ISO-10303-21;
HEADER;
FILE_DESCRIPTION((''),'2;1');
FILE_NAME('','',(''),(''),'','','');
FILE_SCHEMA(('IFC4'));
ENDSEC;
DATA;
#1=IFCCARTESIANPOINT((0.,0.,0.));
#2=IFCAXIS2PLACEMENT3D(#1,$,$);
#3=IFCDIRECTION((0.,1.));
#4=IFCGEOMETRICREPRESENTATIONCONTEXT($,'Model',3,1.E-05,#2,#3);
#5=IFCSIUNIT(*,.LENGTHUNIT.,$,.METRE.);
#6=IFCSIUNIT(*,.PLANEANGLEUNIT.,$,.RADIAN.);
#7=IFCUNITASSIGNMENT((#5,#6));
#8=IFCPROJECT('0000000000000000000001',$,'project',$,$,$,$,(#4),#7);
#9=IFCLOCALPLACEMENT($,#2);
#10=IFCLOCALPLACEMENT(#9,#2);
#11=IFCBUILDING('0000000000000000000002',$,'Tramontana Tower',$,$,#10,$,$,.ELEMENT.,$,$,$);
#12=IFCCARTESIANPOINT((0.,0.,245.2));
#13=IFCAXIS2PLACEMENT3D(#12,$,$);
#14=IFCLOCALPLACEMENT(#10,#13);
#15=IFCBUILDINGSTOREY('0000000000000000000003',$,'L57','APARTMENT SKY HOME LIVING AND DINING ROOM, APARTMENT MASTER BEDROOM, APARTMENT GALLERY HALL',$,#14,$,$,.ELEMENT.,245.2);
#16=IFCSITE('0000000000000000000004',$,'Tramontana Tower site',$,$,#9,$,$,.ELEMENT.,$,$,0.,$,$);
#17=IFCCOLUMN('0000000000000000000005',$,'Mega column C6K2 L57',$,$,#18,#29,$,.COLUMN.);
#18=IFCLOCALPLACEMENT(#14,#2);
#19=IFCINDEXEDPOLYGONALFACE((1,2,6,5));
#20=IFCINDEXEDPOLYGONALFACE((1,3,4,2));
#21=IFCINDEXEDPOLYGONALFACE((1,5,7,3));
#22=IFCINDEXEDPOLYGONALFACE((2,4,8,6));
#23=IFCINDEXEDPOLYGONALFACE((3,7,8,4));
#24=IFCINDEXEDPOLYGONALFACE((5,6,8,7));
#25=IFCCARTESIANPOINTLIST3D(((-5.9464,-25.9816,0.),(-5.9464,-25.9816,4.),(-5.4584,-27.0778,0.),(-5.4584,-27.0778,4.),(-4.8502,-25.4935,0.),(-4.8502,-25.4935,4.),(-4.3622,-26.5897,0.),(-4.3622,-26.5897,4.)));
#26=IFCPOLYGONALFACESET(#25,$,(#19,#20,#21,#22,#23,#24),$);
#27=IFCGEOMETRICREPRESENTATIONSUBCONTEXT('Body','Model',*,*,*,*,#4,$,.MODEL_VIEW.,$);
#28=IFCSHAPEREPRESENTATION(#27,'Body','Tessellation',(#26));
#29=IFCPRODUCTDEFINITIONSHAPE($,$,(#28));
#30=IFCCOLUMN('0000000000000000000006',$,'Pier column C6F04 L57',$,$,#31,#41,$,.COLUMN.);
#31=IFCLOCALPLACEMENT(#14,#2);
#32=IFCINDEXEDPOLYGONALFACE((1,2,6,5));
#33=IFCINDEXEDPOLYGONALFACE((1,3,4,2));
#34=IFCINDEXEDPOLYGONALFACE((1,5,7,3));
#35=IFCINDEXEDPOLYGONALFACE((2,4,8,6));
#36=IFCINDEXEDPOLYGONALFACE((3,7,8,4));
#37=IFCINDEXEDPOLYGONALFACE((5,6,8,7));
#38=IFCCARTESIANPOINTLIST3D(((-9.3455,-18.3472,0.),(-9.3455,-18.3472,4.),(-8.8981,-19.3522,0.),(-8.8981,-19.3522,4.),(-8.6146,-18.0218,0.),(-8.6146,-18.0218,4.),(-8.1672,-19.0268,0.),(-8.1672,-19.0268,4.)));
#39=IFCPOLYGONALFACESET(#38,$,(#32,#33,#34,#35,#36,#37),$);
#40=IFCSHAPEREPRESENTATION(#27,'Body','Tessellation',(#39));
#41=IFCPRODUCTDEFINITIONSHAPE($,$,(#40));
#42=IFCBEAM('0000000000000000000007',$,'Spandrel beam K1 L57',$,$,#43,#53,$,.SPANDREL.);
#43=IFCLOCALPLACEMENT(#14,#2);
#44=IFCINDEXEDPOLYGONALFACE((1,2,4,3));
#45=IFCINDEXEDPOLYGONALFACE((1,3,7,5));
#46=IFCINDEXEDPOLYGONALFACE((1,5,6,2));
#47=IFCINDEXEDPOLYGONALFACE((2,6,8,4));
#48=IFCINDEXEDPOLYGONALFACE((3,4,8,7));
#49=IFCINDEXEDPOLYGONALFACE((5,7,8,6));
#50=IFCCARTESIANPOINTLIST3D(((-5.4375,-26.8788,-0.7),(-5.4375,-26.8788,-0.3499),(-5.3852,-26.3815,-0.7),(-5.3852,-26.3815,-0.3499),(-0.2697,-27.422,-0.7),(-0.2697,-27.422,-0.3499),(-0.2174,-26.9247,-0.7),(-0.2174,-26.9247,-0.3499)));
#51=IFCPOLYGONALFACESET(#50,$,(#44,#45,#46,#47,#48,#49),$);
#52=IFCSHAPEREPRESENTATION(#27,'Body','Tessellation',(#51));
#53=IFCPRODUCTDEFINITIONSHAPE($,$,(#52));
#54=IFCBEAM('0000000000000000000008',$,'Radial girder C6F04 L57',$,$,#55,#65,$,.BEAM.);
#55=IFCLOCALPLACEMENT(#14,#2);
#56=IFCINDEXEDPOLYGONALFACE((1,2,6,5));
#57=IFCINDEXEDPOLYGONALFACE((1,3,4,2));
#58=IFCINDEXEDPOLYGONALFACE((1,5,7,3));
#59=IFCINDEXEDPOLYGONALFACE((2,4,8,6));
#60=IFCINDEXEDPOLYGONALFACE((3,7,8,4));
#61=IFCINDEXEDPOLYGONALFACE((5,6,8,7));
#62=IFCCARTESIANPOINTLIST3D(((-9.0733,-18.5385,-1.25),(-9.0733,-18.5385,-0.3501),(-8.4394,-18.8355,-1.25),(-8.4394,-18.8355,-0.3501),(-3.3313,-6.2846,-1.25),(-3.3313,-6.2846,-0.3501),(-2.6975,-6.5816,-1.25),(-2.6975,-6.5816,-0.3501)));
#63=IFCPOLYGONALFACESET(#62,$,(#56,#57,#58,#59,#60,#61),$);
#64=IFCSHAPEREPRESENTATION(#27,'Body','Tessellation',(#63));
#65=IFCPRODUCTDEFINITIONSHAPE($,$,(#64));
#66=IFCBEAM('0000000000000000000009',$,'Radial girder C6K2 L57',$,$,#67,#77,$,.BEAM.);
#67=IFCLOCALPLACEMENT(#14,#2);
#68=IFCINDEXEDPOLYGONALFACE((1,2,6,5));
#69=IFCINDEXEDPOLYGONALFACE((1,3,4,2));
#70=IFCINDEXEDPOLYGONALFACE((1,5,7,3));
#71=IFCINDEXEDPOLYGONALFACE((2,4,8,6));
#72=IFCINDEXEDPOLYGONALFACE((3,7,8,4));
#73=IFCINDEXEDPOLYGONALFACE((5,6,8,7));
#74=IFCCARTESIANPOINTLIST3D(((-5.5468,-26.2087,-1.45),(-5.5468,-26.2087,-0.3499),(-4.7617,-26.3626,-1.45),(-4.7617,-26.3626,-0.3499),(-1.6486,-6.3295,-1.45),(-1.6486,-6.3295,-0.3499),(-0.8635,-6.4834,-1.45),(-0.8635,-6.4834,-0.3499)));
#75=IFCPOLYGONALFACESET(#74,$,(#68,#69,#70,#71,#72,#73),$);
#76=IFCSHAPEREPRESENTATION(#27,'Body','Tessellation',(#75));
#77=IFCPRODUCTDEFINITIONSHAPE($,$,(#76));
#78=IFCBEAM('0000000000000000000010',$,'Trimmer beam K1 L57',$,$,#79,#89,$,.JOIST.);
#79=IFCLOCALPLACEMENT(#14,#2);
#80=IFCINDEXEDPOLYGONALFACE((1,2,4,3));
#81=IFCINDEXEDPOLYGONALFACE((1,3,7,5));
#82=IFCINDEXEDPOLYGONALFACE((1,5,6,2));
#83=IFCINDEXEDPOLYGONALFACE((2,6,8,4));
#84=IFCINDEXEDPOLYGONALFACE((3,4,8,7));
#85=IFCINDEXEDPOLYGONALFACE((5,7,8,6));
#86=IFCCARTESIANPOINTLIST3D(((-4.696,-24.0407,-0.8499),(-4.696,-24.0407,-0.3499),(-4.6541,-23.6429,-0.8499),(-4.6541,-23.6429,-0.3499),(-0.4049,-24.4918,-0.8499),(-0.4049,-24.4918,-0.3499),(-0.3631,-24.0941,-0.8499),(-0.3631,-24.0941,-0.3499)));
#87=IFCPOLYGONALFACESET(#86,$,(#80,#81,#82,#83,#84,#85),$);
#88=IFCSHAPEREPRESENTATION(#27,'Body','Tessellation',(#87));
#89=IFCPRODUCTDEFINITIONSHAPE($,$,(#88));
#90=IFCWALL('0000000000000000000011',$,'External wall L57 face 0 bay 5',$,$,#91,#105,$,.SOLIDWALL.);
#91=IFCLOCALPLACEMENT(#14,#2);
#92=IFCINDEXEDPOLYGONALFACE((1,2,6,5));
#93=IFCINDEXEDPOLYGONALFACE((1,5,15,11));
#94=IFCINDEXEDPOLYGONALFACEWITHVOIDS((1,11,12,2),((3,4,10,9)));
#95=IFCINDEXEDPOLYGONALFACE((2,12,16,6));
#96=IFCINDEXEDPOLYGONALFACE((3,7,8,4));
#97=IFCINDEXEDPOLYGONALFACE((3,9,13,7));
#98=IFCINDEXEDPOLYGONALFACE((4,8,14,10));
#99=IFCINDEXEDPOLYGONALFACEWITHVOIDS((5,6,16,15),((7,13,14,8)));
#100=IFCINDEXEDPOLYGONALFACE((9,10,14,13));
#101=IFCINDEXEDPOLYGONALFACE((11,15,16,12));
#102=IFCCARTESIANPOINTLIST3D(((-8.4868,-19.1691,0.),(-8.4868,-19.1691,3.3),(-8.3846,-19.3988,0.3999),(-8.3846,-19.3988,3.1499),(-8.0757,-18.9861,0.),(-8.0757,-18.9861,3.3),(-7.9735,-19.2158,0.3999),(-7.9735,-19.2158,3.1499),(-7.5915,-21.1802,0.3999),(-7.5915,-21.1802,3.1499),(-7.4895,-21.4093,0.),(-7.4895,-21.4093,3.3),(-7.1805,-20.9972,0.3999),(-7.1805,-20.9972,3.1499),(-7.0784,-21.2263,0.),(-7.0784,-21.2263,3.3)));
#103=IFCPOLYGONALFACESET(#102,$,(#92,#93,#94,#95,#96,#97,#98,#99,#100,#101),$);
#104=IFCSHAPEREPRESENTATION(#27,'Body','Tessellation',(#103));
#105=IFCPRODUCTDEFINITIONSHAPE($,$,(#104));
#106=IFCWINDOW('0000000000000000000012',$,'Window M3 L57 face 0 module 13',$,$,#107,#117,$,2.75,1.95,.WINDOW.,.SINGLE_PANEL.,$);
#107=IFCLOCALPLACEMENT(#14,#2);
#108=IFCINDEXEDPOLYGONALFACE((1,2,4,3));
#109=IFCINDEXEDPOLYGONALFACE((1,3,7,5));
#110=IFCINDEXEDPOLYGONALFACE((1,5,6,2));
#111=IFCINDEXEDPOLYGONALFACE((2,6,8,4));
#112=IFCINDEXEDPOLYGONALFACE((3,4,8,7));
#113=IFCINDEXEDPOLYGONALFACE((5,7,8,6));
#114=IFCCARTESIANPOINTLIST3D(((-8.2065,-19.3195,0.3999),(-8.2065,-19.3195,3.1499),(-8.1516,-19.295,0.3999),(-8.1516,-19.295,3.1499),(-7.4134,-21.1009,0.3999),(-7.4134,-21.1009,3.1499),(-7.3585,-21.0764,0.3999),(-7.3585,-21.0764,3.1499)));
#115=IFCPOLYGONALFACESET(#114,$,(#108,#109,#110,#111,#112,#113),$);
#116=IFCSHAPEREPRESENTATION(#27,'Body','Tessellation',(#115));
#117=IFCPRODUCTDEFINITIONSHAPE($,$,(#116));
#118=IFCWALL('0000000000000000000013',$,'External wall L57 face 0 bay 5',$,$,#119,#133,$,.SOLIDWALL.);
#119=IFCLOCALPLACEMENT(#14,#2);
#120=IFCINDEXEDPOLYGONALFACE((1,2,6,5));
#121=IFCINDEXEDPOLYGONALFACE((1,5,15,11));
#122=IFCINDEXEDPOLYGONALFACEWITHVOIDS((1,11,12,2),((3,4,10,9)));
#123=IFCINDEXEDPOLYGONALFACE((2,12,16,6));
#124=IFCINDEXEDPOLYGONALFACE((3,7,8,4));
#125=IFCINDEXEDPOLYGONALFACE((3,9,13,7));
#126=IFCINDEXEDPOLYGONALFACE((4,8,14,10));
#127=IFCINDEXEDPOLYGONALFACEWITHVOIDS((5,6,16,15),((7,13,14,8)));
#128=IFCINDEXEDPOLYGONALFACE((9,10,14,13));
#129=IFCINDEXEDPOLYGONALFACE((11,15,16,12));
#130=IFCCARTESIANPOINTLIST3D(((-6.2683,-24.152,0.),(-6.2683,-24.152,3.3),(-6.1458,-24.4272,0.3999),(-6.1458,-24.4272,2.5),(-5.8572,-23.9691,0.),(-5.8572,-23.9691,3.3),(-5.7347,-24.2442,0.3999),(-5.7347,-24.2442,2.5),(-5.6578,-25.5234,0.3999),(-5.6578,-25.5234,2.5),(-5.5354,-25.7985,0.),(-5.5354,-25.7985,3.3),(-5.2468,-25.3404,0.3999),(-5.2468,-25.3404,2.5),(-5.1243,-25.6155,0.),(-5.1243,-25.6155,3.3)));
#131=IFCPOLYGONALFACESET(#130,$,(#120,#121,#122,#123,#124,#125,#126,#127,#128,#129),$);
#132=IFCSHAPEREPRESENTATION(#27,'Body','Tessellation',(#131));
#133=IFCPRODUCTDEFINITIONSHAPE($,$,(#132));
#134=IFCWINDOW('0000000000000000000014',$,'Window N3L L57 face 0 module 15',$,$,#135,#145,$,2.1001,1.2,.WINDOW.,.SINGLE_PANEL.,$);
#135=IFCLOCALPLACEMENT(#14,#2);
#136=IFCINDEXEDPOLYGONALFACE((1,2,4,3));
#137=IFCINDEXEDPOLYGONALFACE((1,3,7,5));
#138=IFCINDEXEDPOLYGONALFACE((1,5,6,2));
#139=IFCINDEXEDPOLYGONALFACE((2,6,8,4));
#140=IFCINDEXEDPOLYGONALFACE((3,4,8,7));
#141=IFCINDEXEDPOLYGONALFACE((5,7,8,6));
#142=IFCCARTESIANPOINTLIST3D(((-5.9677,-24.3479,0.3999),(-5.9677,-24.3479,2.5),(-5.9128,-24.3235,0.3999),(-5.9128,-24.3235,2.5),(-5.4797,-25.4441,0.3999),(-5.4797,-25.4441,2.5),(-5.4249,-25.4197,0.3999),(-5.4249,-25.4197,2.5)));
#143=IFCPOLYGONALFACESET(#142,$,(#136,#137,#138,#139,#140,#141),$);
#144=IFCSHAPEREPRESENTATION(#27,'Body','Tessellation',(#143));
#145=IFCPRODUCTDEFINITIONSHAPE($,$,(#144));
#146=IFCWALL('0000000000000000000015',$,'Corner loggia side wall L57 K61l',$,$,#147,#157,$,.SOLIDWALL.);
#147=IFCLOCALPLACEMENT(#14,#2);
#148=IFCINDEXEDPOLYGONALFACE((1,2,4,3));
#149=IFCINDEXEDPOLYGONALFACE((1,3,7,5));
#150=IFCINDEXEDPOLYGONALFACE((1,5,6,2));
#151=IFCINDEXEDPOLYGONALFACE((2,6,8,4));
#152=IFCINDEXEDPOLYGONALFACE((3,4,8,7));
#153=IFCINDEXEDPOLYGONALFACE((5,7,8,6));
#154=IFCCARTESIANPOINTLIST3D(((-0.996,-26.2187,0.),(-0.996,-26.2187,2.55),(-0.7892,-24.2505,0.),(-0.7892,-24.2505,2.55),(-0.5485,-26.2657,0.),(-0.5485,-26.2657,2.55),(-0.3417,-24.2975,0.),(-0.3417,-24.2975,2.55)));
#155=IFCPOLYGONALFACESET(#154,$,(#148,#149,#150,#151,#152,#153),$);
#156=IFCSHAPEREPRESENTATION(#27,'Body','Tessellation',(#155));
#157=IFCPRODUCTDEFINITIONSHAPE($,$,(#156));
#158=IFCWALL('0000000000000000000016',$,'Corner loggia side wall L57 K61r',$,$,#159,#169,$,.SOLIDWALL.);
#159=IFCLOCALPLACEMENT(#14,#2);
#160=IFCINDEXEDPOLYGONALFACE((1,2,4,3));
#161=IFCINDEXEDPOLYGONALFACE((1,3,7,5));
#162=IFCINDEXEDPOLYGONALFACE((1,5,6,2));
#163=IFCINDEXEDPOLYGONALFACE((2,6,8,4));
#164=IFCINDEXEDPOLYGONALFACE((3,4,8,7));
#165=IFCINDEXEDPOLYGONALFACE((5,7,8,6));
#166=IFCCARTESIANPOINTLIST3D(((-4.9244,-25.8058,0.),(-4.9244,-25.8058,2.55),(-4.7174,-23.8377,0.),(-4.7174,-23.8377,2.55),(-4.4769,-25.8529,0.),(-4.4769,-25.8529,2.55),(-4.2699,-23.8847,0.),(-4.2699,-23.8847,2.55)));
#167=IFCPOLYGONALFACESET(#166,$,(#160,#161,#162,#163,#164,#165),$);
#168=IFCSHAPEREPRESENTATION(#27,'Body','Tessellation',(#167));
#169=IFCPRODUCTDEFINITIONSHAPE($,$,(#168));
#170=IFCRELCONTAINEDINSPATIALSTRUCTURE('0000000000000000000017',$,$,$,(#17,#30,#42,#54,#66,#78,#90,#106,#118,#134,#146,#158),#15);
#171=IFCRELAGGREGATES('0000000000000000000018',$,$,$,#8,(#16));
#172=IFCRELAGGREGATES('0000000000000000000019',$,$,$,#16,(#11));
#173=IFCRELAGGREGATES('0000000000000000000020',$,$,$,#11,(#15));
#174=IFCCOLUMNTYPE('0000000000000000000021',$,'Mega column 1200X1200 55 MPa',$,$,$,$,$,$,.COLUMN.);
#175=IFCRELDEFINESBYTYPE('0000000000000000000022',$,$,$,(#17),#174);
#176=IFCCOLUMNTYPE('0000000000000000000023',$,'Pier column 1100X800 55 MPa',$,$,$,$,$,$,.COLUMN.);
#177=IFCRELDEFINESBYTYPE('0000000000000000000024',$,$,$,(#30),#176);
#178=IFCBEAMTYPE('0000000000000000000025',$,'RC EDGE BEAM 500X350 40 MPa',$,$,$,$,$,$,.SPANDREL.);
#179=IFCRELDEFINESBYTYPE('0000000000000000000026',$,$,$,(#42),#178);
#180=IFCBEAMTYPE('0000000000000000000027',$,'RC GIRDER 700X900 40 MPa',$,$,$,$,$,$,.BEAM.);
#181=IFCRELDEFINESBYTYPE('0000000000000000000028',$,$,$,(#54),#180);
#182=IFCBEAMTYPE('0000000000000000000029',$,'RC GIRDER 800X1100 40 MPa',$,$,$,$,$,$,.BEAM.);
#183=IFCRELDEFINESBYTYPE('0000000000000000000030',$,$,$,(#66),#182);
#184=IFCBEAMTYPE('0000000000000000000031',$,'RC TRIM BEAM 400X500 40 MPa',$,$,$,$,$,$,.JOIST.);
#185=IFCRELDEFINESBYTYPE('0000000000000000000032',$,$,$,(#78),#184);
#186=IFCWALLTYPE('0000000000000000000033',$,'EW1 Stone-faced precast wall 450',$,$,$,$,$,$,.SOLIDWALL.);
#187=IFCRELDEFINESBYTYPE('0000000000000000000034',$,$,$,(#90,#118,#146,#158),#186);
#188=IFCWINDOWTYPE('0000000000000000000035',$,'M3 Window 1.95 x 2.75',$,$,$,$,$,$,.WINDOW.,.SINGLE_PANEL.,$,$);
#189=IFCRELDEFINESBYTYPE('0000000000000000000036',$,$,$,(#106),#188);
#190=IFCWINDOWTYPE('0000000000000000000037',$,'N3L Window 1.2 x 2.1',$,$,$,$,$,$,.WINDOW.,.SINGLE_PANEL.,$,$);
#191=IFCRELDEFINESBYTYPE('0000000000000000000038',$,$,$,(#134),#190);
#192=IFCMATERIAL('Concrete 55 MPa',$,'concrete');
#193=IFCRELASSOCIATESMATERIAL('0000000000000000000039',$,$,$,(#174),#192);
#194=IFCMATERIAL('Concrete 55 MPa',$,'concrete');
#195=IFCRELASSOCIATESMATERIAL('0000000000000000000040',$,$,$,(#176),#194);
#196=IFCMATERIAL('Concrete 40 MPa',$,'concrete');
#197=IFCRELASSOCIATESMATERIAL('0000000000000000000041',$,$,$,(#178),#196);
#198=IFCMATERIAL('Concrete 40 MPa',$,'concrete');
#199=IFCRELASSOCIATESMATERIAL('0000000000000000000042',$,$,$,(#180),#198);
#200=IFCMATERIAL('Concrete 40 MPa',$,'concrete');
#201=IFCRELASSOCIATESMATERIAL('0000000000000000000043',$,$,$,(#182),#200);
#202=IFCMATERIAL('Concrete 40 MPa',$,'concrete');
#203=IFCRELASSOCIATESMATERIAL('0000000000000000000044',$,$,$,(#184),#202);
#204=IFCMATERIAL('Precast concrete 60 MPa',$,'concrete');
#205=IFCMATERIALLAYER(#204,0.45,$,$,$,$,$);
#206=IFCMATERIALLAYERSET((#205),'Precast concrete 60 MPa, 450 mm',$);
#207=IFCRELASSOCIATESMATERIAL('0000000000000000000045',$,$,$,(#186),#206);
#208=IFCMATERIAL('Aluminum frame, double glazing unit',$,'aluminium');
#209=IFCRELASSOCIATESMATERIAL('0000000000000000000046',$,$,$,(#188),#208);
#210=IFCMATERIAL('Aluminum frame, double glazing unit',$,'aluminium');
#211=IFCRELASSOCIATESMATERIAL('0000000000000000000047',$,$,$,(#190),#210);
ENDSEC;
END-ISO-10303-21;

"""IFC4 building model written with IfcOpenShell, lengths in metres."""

from ifc_helpers import new_model, si_unit, direction, frame, frame_2d, origin, origin_2d, place, context, subcontext, project, spatial, rectangle, extrude, material, layer, layer_set, material_profile, profile_set, type_object, element, fill, save


model = new_model("IFC4")

# Units and contexts
model_context = context("Model", 3, precision=1e-05, world=origin(), true_north=direction((0.0, 1.0)))
body_context = subcontext(model_context, "Body", "Model", "MODEL_VIEW")
ifc_project = project(units=[si_unit("LENGTHUNIT", "METRE"), si_unit("PLANEANGLEUNIT", "RADIAN")], contexts=[model_context])

# Site, building, storey
site_placement = place(None, origin())
site = spatial("IfcSite", under=ifc_project, at=site_placement, Name="Tramontana Tower site", CompositionType="ELEMENT", RefElevation=0.0)
building_placement = place(site_placement, origin())
building = spatial("IfcBuilding", under=site, at=building_placement, Name="Tramontana Tower", CompositionType="ELEMENT")
storey_placement = place(building_placement, frame((0.0, 0.0, 245.2)))
storey = spatial("IfcBuildingStorey", under=building, at=storey_placement, Name="L57", Description="APARTMENT SKY HOME LIVING AND DINING ROOM, APARTMENT MASTER BEDROOM, APARTMENT GALLERY HALL", CompositionType="ELEMENT", Elevation=245.2)

# Columns
ifc_material_1 = material(Name="Concrete 55 MPa", Category="concrete")
ifc_material_profile_1 = material_profile(ifc_material_1, rectangle(XDim=1.2, YDim=1.2, at=origin_2d()), Name="Mega column 1200X1200 55 MPa")
ifc_profile_set_1 = profile_set([ifc_material_profile_1], Name="Concrete 55 MPa")
column_type_1 = type_object("IfcColumnType", Name="Mega column 1200X1200 55 MPa", PredefinedType="COLUMN", material=ifc_profile_set_1)
column_1_placement = place(storey_placement, frame((-5.1543, -26.2856, 0.0), z_axis=(0.0, 0.0, 1.0), x_axis=(0.406737, -0.913545, 0.0)))
element("IfcColumn", 1, at=column_1_placement, inside=storey, type_object=column_type_1, Name="Mega column C6K2 L57", PredefinedType="COLUMN", context=body_context, shape_type="SweptSolid", body=[
    extrude(rectangle(XDim=1.2, YDim=1.2, at=origin_2d()), origin(), (0.0, 0.0, 1.0), 4.0),
])
ifc_material_2 = material(Name="Concrete 55 MPa", Category="concrete")
ifc_material_profile_2 = material_profile(ifc_material_2, rectangle(XDim=1.1001, YDim=0.8, at=origin_2d()), Name="Pier column 1100X800 55 MPa")
ifc_profile_set_2 = profile_set([ifc_material_profile_2], Name="Concrete 55 MPa")
column_type_2 = type_object("IfcColumnType", Name="Pier column 1100X800 55 MPa", PredefinedType="COLUMN", material=ifc_profile_set_2)
column_2_placement = place(storey_placement, frame((-8.7563, -18.687, 0.0), z_axis=(0.0, 0.0, 1.0), x_axis=(0.406737, -0.913545, 0.0)))
element("IfcColumn", 2, at=column_2_placement, inside=storey, type_object=column_type_2, Name="Pier column C6F04 L57", PredefinedType="COLUMN", context=body_context, shape_type="SweptSolid", body=[
    extrude(rectangle(XDim=1.1001, YDim=0.8, at=origin_2d()), origin(), (0.0, 0.0, 1.0), 4.0),
])

# Beams
ifc_material_3 = material(Name="Concrete 40 MPa", Category="concrete")
ifc_material_profile_3 = material_profile(ifc_material_3, rectangle(XDim=0.5, YDim=0.3501, at=origin_2d()), Name="RC EDGE BEAM 500X350 40 MPa")
ifc_profile_set_3 = profile_set([ifc_material_profile_3], Name="Concrete 40 MPa")
beam_type_1 = type_object("IfcBeamType", Name="RC EDGE BEAM 500X350 40 MPa", PredefinedType="SPANDREL", material=ifc_profile_set_3)
beam_1_placement = place(storey_placement, frame((-5.4114, -26.6301, -0.5249), z_axis=(0.994521, -0.10454, 0.0), x_axis=(0.10454, 0.994521, 0.0)))
element("IfcBeam", 3, at=beam_1_placement, inside=storey, type_object=beam_type_1, Name="Spandrel beam K1 L57", PredefinedType="SPANDREL", context=body_context, shape_type="SweptSolid", body=[
    extrude(rectangle(XDim=0.5, YDim=0.3501, at=origin_2d()), origin(), (0.0, 0.0, 1.0), 5.1963),
])
ifc_material_4 = material(Name="Concrete 40 MPa", Category="concrete")
ifc_material_profile_4 = material_profile(ifc_material_4, rectangle(XDim=0.7, YDim=0.8999, at=origin_2d()), Name="RC GIRDER 700X900 40 MPa")
ifc_profile_set_4 = profile_set([ifc_material_profile_4], Name="Concrete 40 MPa")
beam_type_2 = type_object("IfcBeamType", Name="RC GIRDER 700X900 40 MPa", PredefinedType="BEAM", material=ifc_profile_set_4)
beam_2_placement = place(storey_placement, frame((-8.7563, -18.687, -0.8), z_axis=(0.424308, 0.905518, 0.0), x_axis=(-0.905518, 0.424308, 0.0)))
element("IfcBeam", 4, at=beam_2_placement, inside=storey, type_object=beam_type_2, Name="Radial girder C6F04 L57", PredefinedType="BEAM", context=body_context, shape_type="SweptSolid", body=[
    extrude(rectangle(XDim=0.7, YDim=0.8999, at=origin_2d()), origin(), (0.0, 0.0, 1.0), 13.5325),
])
ifc_material_5 = material(Name="Concrete 40 MPa", Category="concrete")
ifc_material_profile_5 = material_profile(ifc_material_5, rectangle(XDim=0.8, YDim=1.1001, at=origin_2d()), Name="RC GIRDER 800X1100 40 MPa")
ifc_profile_set_5 = profile_set([ifc_material_profile_5], Name="Concrete 40 MPa")
beam_type_3 = type_object("IfcBeamType", Name="RC GIRDER 800X1100 40 MPa", PredefinedType="BEAM", material=ifc_profile_set_5)
beam_3_placement = place(storey_placement, frame((-5.1543, -26.2856, -0.8999), z_axis=(0.19243, 0.981311, 0.0), x_axis=(-0.981311, 0.19243, 0.0)))
element("IfcBeam", 5, at=beam_3_placement, inside=storey, type_object=beam_type_3, Name="Radial girder C6K2 L57", PredefinedType="BEAM", context=body_context, shape_type="SweptSolid", body=[
    extrude(rectangle(XDim=0.8, YDim=1.1001, at=origin_2d()), origin(), (0.0, 0.0, 1.0), 20.2578),
])
ifc_material_6 = material(Name="Concrete 40 MPa", Category="concrete")
ifc_material_profile_6 = material_profile(ifc_material_6, rectangle(XDim=0.3999, YDim=0.5, at=origin_2d()), Name="RC TRIM BEAM 400X500 40 MPa")
ifc_profile_set_6 = profile_set([ifc_material_profile_6], Name="Concrete 40 MPa")
beam_type_4 = type_object("IfcBeamType", Name="RC TRIM BEAM 400X500 40 MPa", PredefinedType="JOIST", material=ifc_profile_set_6)
beam_4_placement = place(storey_placement, frame((-4.675, -23.8418, -0.5999), z_axis=(0.994518, -0.104567, 0.0), x_axis=(0.104567, 0.994518, 0.0)))
element("IfcBeam", 6, at=beam_4_placement, inside=storey, type_object=beam_type_4, Name="Trimmer beam K1 L57", PredefinedType="JOIST", context=body_context, shape_type="SweptSolid", body=[
    extrude(rectangle(XDim=0.3999, YDim=0.5, at=origin_2d()), origin(), (0.0, 0.0, 1.0), 4.3147),
])

# Walls, openings, windows
ifc_material_7 = material(Name="Precast concrete 60 MPa", Category="concrete")
ifc_layer_1 = layer(ifc_material_7, 0.45)
ifc_layer_set_1 = layer_set([ifc_layer_1], Name="Precast concrete 60 MPa, 450 mm")
wall_type_1 = type_object("IfcWallType", Name="EW1 Stone-faced precast wall 450", PredefinedType="SOLIDWALL", material=ifc_layer_set_1)
wall_1_placement = place(storey_placement, frame((-8.2812, -19.0776, 0.0), z_axis=(0.0, 0.0, 1.0), x_axis=(0.406702, -0.913561, 0.0)))
wall_1 = element("IfcWall", 7, at=wall_1_placement, inside=storey, type_object=wall_type_1, Name="External wall L57 face 0 bay 5", PredefinedType="SOLIDWALL", context=body_context, shape_type="SweptSolid", body=[
    extrude(rectangle(XDim=2.4521, YDim=0.45, at=frame_2d((1.2261, 0.0))), origin(), (0.0, 0.0, 1.0), 3.3),
])
opening_1_placement = place(wall_1_placement, frame((0.2512, 0.0, 0.3999)))
opening_1 = element("IfcOpeningElement", 8, at=opening_1_placement, cuts=wall_1, PredefinedType="OPENING", context=body_context, shape_type="SweptSolid", body=[
    extrude(rectangle(XDim=1.95, YDim=2.75, at=frame_2d((0.9751, 1.375))), frame((0.0, 0.2349, 0.0), z_axis=(0.0, -1.0, 0.0), x_axis=(1.0, 0.0, 0.0)), (0.0, 0.0, 1.0), 0.47),
])
ifc_material_8 = material(Name="Aluminum frame, double glazing unit", Category="aluminium")
window_type_1 = type_object("IfcWindowType", Name="M3 Window 1.95 x 2.75", PartitioningType="SINGLE_PANEL", PredefinedType="WINDOW", material=ifc_material_8)
window_1_placement = place(opening_1_placement, origin())
window_1 = element("IfcWindow", 9, at=window_1_placement, inside=storey, type_object=window_type_1, Name="Window M3 L57 face 0 module 13", OverallHeight=2.75, OverallWidth=1.95, PartitioningType="SINGLE_PANEL", PredefinedType="WINDOW", context=body_context, shape_type="SweptSolid", body=[
    extrude(rectangle(XDim=1.95, YDim=2.75, at=frame_2d((0.9751, 1.375))), frame((0.0, 0.03, 0.0), z_axis=(0.0, -1.0, 0.0), x_axis=(1.0, 0.0, 0.0)), (0.0, 0.0, 1.0), 0.0601),
])
fill(opening_1, window_1)
wall_2_placement = place(storey_placement, frame((-6.0627, -24.0605, 0.0), z_axis=(0.0, 0.0, 1.0), x_axis=(0.406666, -0.913577, 0.0)))
wall_2 = element("IfcWall", 10, at=wall_2_placement, inside=storey, type_object=wall_type_1, Name="External wall L57 face 0 bay 5", PredefinedType="SOLIDWALL", context=body_context, shape_type="SweptSolid", body=[
    extrude(rectangle(XDim=1.8022, YDim=0.45, at=frame_2d((0.9011, 0.0))), origin(), (0.0, 0.0, 1.0), 3.3),
])
opening_2_placement = place(wall_2_placement, frame((0.301, 0.0, 0.3999)))
opening_2 = element("IfcOpeningElement", 11, at=opening_2_placement, cuts=wall_2, PredefinedType="OPENING", context=body_context, shape_type="SweptSolid", body=[
    extrude(rectangle(XDim=1.2, YDim=2.1001, at=frame_2d((0.6001, 1.05))), frame((0.0, 0.2349, 0.0), z_axis=(0.0, -1.0, 0.0), x_axis=(1.0, 0.0, 0.0)), (0.0, 0.0, 1.0), 0.47),
])
ifc_material_9 = material(Name="Aluminum frame, double glazing unit", Category="aluminium")
window_type_2 = type_object("IfcWindowType", Name="N3L Window 1.2 x 2.1", PartitioningType="SINGLE_PANEL", PredefinedType="WINDOW", material=ifc_material_9)
window_2_placement = place(opening_2_placement, origin())
window_2 = element("IfcWindow", 12, at=window_2_placement, inside=storey, type_object=window_type_2, Name="Window N3L L57 face 0 module 15", OverallHeight=2.1001, OverallWidth=1.2, PartitioningType="SINGLE_PANEL", PredefinedType="WINDOW", context=body_context, shape_type="SweptSolid", body=[
    extrude(rectangle(XDim=1.2, YDim=2.1001, at=frame_2d((0.6001, 1.05))), frame((0.0, 0.03, 0.0), z_axis=(0.0, -1.0, 0.0), x_axis=(1.0, 0.0, 0.0)), (0.0, 0.0, 1.0), 0.0601),
])
fill(opening_2, window_2)

# Walls
for number, where, z_axis, x_axis, name in (
    (13, (-0.7722, -26.2422, 0.0), (0.0, 0.0, 1.0), (0.104486, 0.994526, 0.0), "Corner loggia side wall L57 K61l"),
    (14, (-4.7007, -25.8293, 0.0), (0.0, 0.0, 1.0), (0.104608, 0.994514, 0.0), "Corner loggia side wall L57 K61r"),
):
    element("IfcWall", number, at=place(storey_placement, frame(where, z_axis=z_axis, x_axis=x_axis)), inside=storey, type_object=wall_type_1, Name=name, PredefinedType="SOLIDWALL", context=body_context, shape_type="SweptSolid", body=[
        extrude(rectangle(XDim=1.979, YDim=0.45, at=frame_2d((0.9895, 0.0))), origin(), (0.0, 0.0, 1.0), 2.55),
    ])

save(model, "model.ifc")
